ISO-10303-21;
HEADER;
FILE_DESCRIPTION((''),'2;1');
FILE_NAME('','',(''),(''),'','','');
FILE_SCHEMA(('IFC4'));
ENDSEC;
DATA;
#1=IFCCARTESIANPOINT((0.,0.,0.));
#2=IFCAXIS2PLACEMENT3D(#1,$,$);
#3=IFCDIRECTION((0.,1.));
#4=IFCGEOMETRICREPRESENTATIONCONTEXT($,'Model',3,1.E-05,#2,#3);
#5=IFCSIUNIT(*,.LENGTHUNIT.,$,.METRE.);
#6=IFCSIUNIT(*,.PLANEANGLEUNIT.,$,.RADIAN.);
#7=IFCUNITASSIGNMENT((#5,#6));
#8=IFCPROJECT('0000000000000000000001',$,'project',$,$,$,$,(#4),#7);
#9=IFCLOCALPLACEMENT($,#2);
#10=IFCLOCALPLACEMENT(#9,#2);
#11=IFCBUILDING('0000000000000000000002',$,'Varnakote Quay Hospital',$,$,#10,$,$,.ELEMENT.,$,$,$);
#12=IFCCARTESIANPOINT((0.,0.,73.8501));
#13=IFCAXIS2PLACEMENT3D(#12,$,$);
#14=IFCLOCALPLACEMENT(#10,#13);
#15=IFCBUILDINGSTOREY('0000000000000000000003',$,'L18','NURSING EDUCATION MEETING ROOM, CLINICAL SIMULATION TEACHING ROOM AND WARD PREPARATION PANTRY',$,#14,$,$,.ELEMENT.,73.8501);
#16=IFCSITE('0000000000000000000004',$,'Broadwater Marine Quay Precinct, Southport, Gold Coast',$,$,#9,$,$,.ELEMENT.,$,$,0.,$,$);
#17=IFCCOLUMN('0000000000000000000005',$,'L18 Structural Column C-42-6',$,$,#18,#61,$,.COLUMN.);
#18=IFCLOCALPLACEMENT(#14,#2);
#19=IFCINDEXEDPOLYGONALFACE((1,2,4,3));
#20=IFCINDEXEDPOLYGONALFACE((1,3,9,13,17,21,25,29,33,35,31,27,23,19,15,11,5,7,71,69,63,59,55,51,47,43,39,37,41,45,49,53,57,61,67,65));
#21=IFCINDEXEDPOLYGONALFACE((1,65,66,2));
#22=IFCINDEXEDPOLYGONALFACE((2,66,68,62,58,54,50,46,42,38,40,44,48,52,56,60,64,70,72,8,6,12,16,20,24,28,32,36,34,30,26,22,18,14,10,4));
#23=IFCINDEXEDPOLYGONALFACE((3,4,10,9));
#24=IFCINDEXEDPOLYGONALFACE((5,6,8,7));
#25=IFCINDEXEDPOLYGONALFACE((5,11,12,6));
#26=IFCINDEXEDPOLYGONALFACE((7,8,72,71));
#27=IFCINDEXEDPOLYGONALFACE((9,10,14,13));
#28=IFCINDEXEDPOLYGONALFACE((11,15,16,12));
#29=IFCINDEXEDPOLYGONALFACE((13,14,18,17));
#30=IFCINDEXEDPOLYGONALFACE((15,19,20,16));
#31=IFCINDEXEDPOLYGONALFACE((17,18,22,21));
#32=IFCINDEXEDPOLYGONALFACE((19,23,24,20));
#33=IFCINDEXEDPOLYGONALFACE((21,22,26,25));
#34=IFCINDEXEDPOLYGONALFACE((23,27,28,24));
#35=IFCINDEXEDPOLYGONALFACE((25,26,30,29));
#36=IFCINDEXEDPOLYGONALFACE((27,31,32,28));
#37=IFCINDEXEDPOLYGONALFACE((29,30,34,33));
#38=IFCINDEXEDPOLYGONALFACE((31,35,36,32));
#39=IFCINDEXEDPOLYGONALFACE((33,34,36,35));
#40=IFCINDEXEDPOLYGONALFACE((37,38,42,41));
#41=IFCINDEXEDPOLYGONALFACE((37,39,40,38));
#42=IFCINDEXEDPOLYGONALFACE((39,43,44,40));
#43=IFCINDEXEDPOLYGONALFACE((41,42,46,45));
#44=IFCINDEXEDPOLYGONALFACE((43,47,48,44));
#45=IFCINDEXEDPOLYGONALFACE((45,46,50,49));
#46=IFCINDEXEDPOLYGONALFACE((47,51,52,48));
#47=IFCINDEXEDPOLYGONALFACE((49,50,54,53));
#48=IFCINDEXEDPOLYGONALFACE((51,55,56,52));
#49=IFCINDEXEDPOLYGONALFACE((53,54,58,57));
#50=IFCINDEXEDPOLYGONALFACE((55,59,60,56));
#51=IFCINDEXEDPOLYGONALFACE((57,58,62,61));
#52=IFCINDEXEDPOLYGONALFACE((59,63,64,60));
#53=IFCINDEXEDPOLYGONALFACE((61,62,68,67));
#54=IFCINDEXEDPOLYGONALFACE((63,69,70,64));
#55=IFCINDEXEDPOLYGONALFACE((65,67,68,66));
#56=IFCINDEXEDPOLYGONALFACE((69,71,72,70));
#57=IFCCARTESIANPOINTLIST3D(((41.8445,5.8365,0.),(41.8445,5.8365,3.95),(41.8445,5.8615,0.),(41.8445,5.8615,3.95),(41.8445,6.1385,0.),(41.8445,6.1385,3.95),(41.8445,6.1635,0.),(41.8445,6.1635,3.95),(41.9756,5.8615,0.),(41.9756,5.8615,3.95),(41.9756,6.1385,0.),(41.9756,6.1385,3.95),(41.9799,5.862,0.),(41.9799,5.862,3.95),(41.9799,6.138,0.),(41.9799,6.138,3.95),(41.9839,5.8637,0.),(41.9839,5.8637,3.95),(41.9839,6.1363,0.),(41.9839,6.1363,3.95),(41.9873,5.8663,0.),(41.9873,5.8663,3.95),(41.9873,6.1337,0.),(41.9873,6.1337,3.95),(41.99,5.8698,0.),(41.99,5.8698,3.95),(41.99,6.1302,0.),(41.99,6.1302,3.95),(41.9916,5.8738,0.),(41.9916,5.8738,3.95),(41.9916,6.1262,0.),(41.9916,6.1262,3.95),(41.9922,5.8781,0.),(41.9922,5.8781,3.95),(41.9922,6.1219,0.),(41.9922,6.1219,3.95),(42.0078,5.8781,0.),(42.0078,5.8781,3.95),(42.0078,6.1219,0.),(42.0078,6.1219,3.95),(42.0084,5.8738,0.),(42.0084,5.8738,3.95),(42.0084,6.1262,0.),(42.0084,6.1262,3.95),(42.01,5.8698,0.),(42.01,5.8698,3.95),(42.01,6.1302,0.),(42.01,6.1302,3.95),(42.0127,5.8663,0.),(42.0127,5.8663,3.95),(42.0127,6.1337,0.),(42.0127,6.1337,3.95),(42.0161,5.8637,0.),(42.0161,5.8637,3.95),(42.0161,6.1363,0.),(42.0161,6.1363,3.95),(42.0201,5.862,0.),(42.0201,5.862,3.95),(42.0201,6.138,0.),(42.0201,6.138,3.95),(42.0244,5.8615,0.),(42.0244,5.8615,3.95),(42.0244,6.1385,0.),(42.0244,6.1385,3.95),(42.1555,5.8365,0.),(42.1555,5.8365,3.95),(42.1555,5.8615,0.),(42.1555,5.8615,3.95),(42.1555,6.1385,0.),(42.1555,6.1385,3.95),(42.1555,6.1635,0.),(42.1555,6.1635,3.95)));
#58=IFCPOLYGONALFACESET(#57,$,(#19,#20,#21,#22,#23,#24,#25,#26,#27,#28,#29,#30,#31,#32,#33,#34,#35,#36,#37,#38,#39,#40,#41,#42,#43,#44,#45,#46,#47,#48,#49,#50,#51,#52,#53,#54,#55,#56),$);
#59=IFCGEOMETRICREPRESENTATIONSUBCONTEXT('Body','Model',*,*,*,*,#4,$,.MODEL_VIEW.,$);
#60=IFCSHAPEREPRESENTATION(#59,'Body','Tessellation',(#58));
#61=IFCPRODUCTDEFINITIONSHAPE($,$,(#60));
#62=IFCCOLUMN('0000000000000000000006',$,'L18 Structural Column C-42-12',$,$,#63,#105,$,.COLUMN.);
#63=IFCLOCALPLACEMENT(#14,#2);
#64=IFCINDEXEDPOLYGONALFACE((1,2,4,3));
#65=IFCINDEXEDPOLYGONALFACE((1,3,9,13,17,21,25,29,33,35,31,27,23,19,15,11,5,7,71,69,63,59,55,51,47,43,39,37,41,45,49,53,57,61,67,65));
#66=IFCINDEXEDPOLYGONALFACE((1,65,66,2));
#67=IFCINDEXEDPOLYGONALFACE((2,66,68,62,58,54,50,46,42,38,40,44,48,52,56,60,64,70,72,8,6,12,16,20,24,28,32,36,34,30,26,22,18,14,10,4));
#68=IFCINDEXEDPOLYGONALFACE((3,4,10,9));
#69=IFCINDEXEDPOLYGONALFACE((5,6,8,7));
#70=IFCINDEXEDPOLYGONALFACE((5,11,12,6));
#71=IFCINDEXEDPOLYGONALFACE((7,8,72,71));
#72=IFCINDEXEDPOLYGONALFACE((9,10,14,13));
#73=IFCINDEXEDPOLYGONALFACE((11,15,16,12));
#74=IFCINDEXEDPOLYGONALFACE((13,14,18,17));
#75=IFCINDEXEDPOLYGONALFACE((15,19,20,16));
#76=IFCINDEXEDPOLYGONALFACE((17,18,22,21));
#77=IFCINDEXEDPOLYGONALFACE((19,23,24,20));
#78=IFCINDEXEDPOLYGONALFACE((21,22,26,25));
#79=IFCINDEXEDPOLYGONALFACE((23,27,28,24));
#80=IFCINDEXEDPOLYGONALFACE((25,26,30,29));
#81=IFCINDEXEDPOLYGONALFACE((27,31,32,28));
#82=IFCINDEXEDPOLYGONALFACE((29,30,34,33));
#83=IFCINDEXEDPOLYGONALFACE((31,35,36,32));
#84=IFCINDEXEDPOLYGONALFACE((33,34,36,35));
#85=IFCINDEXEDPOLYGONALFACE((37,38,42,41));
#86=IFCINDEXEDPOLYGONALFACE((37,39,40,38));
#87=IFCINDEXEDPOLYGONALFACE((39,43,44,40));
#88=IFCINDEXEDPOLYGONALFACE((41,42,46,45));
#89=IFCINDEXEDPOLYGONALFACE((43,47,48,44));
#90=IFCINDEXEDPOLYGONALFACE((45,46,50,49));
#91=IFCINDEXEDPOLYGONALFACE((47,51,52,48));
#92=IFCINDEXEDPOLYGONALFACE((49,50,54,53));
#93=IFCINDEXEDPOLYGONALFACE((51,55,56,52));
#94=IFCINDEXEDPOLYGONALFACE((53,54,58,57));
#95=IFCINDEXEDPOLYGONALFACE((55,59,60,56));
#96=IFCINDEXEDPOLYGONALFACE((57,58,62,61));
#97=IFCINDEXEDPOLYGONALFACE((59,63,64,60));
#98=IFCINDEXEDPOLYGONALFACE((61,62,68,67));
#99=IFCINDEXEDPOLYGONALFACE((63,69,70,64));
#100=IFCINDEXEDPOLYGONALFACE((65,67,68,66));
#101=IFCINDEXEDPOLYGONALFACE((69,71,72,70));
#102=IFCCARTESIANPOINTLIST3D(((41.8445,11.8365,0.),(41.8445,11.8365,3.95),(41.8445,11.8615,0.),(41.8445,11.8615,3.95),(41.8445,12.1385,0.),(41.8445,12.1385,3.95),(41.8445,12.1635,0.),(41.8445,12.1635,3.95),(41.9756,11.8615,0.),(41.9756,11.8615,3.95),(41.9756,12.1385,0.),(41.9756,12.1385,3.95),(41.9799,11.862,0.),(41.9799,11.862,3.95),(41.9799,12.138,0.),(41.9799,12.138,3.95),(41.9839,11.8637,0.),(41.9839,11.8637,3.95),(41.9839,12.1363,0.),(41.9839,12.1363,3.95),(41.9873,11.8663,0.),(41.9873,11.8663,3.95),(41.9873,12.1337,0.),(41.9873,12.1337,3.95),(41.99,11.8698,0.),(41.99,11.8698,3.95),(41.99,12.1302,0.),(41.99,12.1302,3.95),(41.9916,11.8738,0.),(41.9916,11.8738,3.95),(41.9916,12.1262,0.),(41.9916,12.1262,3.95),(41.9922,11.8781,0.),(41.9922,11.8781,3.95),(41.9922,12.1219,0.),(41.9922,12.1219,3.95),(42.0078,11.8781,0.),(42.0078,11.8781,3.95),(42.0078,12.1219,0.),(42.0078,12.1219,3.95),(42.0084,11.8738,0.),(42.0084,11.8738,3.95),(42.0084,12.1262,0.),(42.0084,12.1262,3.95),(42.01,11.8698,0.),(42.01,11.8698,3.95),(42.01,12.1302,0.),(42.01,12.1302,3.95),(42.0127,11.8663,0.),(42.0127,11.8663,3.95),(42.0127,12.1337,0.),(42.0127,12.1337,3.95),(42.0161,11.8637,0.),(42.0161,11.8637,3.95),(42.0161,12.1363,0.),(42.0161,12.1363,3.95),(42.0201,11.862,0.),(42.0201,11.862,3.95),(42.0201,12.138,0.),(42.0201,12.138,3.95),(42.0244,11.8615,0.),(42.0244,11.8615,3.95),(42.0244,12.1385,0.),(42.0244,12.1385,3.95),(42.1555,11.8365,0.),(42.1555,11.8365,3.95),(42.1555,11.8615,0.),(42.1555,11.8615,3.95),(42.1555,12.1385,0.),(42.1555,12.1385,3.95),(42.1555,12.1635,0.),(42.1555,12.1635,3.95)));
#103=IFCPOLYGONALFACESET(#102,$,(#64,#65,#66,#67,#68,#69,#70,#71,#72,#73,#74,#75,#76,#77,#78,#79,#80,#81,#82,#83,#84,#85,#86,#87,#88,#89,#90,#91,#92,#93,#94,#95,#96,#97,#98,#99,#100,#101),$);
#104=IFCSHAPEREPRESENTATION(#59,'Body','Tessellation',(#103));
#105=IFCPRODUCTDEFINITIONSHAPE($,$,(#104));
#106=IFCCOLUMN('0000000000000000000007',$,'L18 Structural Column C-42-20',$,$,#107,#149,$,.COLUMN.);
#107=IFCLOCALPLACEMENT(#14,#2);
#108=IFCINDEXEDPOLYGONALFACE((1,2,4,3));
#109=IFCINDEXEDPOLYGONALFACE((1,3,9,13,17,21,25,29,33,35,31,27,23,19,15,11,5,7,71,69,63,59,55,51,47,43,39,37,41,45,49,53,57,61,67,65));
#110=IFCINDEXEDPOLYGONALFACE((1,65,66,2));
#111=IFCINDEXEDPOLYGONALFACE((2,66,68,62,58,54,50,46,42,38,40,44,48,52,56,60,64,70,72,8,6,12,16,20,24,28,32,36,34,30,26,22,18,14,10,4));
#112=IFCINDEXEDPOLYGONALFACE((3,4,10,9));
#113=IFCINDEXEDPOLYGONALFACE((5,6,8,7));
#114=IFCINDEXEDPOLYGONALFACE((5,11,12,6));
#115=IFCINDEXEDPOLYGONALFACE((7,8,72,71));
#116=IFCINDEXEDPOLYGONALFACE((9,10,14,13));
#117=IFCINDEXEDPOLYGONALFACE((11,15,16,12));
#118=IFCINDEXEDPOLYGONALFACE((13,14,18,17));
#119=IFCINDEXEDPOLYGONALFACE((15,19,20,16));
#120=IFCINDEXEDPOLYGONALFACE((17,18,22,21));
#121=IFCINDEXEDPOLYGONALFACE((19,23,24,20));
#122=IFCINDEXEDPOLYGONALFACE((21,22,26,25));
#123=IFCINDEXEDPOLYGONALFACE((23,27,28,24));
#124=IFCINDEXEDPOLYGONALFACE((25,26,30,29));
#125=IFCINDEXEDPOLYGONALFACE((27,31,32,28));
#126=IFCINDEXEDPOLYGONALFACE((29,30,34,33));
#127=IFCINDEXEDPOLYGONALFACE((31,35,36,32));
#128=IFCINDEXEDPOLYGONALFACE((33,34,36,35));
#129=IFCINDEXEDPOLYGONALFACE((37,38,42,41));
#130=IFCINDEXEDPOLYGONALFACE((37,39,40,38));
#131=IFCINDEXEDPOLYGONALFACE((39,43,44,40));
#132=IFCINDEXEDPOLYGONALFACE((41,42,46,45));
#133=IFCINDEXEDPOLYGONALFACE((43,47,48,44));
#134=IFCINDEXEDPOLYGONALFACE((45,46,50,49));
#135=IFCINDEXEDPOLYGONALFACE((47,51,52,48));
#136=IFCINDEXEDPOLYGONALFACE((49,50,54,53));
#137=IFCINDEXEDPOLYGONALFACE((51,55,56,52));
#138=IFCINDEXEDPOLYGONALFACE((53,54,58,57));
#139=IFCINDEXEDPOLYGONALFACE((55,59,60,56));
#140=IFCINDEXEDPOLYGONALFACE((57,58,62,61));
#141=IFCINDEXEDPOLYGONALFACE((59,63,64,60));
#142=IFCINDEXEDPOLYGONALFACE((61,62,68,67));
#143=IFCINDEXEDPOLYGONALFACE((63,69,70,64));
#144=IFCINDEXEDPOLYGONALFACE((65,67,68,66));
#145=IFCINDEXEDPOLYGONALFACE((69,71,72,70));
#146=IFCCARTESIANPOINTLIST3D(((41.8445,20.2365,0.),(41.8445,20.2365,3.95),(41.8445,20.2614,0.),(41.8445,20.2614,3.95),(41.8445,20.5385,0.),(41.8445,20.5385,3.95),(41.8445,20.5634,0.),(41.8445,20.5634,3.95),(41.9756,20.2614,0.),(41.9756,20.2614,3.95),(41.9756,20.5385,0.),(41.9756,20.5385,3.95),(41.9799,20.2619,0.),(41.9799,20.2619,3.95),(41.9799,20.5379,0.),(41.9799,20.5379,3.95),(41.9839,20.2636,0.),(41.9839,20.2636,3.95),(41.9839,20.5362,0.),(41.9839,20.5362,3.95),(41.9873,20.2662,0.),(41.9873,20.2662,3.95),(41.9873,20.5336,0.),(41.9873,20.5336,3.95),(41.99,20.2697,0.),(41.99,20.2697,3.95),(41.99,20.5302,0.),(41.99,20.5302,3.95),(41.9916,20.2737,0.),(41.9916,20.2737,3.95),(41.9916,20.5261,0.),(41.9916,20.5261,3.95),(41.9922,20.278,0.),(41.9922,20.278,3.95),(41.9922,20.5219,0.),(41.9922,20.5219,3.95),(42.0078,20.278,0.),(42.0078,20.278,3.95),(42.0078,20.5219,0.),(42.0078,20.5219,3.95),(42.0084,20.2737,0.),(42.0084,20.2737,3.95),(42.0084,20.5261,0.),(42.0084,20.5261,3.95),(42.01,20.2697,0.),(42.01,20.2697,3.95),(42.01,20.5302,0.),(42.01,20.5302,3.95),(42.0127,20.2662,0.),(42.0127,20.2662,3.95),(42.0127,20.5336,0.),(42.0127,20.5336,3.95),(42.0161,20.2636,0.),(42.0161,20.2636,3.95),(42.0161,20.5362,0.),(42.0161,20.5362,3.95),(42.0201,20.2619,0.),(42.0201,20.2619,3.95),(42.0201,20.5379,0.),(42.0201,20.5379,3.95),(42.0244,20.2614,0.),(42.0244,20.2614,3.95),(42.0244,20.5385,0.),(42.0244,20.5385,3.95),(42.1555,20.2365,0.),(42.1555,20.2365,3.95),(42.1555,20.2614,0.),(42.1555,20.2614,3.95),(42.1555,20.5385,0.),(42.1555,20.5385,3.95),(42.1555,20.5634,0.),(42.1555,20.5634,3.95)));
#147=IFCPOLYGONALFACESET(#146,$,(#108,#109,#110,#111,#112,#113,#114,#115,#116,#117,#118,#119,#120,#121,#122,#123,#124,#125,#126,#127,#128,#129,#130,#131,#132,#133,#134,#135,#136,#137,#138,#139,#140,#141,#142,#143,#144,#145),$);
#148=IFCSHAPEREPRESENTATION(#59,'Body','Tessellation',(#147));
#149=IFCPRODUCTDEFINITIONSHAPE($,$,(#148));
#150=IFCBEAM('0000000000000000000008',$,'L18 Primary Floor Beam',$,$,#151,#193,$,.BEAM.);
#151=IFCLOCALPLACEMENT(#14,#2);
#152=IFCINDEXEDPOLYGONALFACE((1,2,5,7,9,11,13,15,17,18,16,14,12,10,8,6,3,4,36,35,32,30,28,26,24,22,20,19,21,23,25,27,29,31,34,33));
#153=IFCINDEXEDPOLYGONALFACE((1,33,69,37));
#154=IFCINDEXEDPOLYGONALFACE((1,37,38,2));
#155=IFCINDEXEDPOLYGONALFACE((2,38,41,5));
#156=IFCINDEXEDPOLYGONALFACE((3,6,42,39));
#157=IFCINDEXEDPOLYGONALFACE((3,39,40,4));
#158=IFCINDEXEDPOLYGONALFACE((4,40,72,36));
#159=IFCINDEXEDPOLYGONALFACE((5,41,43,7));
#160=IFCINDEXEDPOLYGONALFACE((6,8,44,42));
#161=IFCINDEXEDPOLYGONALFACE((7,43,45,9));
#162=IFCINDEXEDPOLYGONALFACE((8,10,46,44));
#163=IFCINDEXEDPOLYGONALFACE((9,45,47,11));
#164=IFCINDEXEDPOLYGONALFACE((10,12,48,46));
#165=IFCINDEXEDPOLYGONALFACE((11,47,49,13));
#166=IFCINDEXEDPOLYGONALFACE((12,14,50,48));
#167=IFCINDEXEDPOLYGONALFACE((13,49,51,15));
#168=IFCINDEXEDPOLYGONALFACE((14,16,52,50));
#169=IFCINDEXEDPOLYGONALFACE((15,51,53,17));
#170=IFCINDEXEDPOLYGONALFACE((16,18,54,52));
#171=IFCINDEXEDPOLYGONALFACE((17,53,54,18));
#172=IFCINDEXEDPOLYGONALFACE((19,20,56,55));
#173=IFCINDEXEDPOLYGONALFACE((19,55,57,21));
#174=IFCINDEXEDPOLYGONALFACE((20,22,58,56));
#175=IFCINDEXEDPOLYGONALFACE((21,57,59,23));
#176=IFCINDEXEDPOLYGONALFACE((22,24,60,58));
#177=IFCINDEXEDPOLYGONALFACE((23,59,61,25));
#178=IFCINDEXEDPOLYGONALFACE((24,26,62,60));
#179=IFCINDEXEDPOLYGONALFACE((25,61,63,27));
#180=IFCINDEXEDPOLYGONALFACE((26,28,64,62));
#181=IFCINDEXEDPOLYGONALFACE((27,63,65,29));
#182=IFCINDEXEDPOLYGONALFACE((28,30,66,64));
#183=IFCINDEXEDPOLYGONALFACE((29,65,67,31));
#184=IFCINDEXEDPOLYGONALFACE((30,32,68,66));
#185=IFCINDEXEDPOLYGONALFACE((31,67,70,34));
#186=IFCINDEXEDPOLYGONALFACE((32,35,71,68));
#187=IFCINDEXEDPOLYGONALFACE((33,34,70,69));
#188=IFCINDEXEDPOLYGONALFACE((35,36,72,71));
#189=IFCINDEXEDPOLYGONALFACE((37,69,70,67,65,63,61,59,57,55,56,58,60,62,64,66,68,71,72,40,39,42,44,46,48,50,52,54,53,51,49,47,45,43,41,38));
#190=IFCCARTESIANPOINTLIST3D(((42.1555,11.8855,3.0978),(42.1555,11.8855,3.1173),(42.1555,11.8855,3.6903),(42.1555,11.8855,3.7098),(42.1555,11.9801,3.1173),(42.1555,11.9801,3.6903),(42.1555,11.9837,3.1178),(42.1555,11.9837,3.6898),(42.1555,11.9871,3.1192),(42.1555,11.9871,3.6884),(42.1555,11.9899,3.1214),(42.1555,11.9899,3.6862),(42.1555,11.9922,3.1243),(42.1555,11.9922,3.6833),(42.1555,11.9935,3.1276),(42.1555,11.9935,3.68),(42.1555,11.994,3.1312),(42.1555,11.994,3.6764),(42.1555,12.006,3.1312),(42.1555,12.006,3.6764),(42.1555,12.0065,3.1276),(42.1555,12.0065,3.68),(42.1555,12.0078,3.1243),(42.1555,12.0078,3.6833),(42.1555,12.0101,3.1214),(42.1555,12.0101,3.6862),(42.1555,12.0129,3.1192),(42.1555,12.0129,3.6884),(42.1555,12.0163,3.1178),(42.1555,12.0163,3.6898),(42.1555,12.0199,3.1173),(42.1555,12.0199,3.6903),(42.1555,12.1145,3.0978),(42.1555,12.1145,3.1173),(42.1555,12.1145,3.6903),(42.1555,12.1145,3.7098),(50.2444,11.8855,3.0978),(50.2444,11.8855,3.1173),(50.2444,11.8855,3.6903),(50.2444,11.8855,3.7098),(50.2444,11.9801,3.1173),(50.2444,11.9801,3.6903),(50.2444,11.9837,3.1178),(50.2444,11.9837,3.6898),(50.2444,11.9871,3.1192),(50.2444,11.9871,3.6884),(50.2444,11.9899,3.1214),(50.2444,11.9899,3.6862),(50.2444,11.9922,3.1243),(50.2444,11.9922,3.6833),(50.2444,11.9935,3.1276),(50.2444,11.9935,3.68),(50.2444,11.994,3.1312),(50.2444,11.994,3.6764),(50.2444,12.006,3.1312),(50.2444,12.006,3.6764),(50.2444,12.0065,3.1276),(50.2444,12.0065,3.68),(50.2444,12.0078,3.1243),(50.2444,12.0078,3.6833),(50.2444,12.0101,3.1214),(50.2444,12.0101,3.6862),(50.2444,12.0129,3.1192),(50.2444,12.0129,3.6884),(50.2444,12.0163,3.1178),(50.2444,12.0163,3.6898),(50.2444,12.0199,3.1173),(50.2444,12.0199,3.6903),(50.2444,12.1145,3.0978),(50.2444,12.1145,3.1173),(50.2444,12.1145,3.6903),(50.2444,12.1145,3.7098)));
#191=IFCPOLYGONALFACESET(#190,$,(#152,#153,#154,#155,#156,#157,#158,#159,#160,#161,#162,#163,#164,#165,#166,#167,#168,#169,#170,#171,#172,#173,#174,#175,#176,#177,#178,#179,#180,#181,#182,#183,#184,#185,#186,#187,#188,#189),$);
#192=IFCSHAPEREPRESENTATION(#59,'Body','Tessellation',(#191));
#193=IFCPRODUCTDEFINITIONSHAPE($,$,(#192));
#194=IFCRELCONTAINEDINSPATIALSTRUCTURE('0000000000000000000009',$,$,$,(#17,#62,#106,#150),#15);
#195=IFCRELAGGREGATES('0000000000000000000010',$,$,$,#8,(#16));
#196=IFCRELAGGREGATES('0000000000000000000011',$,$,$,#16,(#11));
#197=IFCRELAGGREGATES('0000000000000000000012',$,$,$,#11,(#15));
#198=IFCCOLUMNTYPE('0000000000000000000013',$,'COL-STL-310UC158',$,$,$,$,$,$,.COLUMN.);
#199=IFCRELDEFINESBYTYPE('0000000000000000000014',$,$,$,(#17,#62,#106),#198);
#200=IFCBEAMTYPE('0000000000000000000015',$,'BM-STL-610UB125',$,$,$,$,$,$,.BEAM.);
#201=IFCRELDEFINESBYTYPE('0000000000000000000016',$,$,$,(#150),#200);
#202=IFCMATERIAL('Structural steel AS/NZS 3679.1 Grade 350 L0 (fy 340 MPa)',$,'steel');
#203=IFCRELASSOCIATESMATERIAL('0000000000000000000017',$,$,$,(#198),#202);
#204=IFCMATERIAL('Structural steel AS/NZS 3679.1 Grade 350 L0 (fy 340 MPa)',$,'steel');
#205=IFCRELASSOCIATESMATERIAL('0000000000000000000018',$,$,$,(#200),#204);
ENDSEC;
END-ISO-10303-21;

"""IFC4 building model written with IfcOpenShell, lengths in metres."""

from ifc_helpers import new_model, si_unit, direction, frame, origin, origin_2d, place, context, subcontext, project, spatial, i_section, extrude, material, material_profile, profile_set, type_object, element, save


model = new_model("IFC4")

# Units and contexts
model_context = context("Model", 3, precision=1e-05, world=origin(), true_north=direction((0.0, 1.0)))
body_context = subcontext(model_context, "Body", "Model", "MODEL_VIEW")
ifc_project = project(units=[si_unit("LENGTHUNIT", "METRE"), si_unit("PLANEANGLEUNIT", "RADIAN")], contexts=[model_context])

# Site, building, storey
site_placement = place(None, origin())
site = spatial("IfcSite", under=ifc_project, at=site_placement, Name="Broadwater Marine Quay Precinct, Southport, Gold Coast", CompositionType="ELEMENT", RefElevation=0.0)
building_placement = place(site_placement, origin())
building = spatial("IfcBuilding", under=site, at=building_placement, Name="Varnakote Quay Hospital", CompositionType="ELEMENT")
storey_placement = place(building_placement, frame((0.0, 0.0, 73.8501)))
storey = spatial("IfcBuildingStorey", under=building, at=storey_placement, Name="L18", Description="NURSING EDUCATION MEETING ROOM, CLINICAL SIMULATION TEACHING ROOM AND WARD PREPARATION PANTRY", CompositionType="ELEMENT", Elevation=73.8501)

# Columns
ifc_material_1 = material(Name="Structural steel AS/NZS 3679.1 Grade 350 L0 (fy 340 MPa)", Category="steel")
ifc_material_profile_1 = material_profile(ifc_material_1, i_section(OverallWidth=0.311, OverallDepth=0.3269, WebThickness=0.0156, FlangeThickness=0.0249, FilletRadius=0.0166, at=origin_2d()), Name="310UC158")
ifc_profile_set_1 = profile_set([ifc_material_profile_1], Name="Structural steel AS/NZS 3679.1 Grade 350 L0 (fy 340 MPa)")
column_type = type_object("IfcColumnType", Name="COL-STL-310UC158", PredefinedType="COLUMN", material=ifc_profile_set_1)
for number, where, z_axis, x_axis, name in (
    (1, (42.0, 6.0, 0.0), (0.0, 0.0, 1.0), (1.0, 0.0, 0.0), "L18 Structural Column C-42-6"),
    (2, (42.0, 12.0, 0.0), (0.0, 0.0, 1.0), (1.0, 0.0, 0.0), "L18 Structural Column C-42-12"),
    (3, (42.0, 20.3999, 0.0), (0.0, 0.0, 1.0), (1.0, 0.0, 0.0), "L18 Structural Column C-42-20"),
):
    element("IfcColumn", number, at=place(storey_placement, frame(where, z_axis=z_axis, x_axis=x_axis)), inside=storey, type_object=column_type, Name=name, PredefinedType="COLUMN", context=body_context, shape_type="SweptSolid", body=[
        extrude(i_section(OverallWidth=0.311, OverallDepth=0.3269, WebThickness=0.0156, FlangeThickness=0.0249, FilletRadius=0.0166, at=origin_2d()), origin(), (0.0, 0.0, 1.0), 3.95),
    ])

# Beam
ifc_material_2 = material(Name="Structural steel AS/NZS 3679.1 Grade 350 L0 (fy 340 MPa)", Category="steel")
ifc_material_profile_2 = material_profile(ifc_material_2, i_section(OverallWidth=0.229, OverallDepth=0.6121, WebThickness=0.012, FlangeThickness=0.0195, FilletRadius=0.0139, at=origin_2d()), Name="610UB125")
ifc_profile_set_2 = profile_set([ifc_material_profile_2], Name="Structural steel AS/NZS 3679.1 Grade 350 L0 (fy 340 MPa)")
beam_type_1 = type_object("IfcBeamType", Name="BM-STL-610UB125", PredefinedType="BEAM", material=ifc_profile_set_2)
beam_1_placement = place(storey_placement, frame((42.1555, 12.0, 3.4038), z_axis=(1.0, 0.0, 0.0), x_axis=(0.0, 1.0, 0.0)))
element("IfcBeam", 4, at=beam_1_placement, inside=storey, type_object=beam_type_1, Name="L18 Primary Floor Beam", PredefinedType="BEAM", context=body_context, shape_type="SweptSolid", body=[
    extrude(i_section(OverallWidth=0.229, OverallDepth=0.6121, WebThickness=0.012, FlangeThickness=0.0195, FilletRadius=0.0139, at=origin_2d()), origin(), (0.0, 0.0, 1.0), 8.0889),
])

save(model, "model.ifc")
